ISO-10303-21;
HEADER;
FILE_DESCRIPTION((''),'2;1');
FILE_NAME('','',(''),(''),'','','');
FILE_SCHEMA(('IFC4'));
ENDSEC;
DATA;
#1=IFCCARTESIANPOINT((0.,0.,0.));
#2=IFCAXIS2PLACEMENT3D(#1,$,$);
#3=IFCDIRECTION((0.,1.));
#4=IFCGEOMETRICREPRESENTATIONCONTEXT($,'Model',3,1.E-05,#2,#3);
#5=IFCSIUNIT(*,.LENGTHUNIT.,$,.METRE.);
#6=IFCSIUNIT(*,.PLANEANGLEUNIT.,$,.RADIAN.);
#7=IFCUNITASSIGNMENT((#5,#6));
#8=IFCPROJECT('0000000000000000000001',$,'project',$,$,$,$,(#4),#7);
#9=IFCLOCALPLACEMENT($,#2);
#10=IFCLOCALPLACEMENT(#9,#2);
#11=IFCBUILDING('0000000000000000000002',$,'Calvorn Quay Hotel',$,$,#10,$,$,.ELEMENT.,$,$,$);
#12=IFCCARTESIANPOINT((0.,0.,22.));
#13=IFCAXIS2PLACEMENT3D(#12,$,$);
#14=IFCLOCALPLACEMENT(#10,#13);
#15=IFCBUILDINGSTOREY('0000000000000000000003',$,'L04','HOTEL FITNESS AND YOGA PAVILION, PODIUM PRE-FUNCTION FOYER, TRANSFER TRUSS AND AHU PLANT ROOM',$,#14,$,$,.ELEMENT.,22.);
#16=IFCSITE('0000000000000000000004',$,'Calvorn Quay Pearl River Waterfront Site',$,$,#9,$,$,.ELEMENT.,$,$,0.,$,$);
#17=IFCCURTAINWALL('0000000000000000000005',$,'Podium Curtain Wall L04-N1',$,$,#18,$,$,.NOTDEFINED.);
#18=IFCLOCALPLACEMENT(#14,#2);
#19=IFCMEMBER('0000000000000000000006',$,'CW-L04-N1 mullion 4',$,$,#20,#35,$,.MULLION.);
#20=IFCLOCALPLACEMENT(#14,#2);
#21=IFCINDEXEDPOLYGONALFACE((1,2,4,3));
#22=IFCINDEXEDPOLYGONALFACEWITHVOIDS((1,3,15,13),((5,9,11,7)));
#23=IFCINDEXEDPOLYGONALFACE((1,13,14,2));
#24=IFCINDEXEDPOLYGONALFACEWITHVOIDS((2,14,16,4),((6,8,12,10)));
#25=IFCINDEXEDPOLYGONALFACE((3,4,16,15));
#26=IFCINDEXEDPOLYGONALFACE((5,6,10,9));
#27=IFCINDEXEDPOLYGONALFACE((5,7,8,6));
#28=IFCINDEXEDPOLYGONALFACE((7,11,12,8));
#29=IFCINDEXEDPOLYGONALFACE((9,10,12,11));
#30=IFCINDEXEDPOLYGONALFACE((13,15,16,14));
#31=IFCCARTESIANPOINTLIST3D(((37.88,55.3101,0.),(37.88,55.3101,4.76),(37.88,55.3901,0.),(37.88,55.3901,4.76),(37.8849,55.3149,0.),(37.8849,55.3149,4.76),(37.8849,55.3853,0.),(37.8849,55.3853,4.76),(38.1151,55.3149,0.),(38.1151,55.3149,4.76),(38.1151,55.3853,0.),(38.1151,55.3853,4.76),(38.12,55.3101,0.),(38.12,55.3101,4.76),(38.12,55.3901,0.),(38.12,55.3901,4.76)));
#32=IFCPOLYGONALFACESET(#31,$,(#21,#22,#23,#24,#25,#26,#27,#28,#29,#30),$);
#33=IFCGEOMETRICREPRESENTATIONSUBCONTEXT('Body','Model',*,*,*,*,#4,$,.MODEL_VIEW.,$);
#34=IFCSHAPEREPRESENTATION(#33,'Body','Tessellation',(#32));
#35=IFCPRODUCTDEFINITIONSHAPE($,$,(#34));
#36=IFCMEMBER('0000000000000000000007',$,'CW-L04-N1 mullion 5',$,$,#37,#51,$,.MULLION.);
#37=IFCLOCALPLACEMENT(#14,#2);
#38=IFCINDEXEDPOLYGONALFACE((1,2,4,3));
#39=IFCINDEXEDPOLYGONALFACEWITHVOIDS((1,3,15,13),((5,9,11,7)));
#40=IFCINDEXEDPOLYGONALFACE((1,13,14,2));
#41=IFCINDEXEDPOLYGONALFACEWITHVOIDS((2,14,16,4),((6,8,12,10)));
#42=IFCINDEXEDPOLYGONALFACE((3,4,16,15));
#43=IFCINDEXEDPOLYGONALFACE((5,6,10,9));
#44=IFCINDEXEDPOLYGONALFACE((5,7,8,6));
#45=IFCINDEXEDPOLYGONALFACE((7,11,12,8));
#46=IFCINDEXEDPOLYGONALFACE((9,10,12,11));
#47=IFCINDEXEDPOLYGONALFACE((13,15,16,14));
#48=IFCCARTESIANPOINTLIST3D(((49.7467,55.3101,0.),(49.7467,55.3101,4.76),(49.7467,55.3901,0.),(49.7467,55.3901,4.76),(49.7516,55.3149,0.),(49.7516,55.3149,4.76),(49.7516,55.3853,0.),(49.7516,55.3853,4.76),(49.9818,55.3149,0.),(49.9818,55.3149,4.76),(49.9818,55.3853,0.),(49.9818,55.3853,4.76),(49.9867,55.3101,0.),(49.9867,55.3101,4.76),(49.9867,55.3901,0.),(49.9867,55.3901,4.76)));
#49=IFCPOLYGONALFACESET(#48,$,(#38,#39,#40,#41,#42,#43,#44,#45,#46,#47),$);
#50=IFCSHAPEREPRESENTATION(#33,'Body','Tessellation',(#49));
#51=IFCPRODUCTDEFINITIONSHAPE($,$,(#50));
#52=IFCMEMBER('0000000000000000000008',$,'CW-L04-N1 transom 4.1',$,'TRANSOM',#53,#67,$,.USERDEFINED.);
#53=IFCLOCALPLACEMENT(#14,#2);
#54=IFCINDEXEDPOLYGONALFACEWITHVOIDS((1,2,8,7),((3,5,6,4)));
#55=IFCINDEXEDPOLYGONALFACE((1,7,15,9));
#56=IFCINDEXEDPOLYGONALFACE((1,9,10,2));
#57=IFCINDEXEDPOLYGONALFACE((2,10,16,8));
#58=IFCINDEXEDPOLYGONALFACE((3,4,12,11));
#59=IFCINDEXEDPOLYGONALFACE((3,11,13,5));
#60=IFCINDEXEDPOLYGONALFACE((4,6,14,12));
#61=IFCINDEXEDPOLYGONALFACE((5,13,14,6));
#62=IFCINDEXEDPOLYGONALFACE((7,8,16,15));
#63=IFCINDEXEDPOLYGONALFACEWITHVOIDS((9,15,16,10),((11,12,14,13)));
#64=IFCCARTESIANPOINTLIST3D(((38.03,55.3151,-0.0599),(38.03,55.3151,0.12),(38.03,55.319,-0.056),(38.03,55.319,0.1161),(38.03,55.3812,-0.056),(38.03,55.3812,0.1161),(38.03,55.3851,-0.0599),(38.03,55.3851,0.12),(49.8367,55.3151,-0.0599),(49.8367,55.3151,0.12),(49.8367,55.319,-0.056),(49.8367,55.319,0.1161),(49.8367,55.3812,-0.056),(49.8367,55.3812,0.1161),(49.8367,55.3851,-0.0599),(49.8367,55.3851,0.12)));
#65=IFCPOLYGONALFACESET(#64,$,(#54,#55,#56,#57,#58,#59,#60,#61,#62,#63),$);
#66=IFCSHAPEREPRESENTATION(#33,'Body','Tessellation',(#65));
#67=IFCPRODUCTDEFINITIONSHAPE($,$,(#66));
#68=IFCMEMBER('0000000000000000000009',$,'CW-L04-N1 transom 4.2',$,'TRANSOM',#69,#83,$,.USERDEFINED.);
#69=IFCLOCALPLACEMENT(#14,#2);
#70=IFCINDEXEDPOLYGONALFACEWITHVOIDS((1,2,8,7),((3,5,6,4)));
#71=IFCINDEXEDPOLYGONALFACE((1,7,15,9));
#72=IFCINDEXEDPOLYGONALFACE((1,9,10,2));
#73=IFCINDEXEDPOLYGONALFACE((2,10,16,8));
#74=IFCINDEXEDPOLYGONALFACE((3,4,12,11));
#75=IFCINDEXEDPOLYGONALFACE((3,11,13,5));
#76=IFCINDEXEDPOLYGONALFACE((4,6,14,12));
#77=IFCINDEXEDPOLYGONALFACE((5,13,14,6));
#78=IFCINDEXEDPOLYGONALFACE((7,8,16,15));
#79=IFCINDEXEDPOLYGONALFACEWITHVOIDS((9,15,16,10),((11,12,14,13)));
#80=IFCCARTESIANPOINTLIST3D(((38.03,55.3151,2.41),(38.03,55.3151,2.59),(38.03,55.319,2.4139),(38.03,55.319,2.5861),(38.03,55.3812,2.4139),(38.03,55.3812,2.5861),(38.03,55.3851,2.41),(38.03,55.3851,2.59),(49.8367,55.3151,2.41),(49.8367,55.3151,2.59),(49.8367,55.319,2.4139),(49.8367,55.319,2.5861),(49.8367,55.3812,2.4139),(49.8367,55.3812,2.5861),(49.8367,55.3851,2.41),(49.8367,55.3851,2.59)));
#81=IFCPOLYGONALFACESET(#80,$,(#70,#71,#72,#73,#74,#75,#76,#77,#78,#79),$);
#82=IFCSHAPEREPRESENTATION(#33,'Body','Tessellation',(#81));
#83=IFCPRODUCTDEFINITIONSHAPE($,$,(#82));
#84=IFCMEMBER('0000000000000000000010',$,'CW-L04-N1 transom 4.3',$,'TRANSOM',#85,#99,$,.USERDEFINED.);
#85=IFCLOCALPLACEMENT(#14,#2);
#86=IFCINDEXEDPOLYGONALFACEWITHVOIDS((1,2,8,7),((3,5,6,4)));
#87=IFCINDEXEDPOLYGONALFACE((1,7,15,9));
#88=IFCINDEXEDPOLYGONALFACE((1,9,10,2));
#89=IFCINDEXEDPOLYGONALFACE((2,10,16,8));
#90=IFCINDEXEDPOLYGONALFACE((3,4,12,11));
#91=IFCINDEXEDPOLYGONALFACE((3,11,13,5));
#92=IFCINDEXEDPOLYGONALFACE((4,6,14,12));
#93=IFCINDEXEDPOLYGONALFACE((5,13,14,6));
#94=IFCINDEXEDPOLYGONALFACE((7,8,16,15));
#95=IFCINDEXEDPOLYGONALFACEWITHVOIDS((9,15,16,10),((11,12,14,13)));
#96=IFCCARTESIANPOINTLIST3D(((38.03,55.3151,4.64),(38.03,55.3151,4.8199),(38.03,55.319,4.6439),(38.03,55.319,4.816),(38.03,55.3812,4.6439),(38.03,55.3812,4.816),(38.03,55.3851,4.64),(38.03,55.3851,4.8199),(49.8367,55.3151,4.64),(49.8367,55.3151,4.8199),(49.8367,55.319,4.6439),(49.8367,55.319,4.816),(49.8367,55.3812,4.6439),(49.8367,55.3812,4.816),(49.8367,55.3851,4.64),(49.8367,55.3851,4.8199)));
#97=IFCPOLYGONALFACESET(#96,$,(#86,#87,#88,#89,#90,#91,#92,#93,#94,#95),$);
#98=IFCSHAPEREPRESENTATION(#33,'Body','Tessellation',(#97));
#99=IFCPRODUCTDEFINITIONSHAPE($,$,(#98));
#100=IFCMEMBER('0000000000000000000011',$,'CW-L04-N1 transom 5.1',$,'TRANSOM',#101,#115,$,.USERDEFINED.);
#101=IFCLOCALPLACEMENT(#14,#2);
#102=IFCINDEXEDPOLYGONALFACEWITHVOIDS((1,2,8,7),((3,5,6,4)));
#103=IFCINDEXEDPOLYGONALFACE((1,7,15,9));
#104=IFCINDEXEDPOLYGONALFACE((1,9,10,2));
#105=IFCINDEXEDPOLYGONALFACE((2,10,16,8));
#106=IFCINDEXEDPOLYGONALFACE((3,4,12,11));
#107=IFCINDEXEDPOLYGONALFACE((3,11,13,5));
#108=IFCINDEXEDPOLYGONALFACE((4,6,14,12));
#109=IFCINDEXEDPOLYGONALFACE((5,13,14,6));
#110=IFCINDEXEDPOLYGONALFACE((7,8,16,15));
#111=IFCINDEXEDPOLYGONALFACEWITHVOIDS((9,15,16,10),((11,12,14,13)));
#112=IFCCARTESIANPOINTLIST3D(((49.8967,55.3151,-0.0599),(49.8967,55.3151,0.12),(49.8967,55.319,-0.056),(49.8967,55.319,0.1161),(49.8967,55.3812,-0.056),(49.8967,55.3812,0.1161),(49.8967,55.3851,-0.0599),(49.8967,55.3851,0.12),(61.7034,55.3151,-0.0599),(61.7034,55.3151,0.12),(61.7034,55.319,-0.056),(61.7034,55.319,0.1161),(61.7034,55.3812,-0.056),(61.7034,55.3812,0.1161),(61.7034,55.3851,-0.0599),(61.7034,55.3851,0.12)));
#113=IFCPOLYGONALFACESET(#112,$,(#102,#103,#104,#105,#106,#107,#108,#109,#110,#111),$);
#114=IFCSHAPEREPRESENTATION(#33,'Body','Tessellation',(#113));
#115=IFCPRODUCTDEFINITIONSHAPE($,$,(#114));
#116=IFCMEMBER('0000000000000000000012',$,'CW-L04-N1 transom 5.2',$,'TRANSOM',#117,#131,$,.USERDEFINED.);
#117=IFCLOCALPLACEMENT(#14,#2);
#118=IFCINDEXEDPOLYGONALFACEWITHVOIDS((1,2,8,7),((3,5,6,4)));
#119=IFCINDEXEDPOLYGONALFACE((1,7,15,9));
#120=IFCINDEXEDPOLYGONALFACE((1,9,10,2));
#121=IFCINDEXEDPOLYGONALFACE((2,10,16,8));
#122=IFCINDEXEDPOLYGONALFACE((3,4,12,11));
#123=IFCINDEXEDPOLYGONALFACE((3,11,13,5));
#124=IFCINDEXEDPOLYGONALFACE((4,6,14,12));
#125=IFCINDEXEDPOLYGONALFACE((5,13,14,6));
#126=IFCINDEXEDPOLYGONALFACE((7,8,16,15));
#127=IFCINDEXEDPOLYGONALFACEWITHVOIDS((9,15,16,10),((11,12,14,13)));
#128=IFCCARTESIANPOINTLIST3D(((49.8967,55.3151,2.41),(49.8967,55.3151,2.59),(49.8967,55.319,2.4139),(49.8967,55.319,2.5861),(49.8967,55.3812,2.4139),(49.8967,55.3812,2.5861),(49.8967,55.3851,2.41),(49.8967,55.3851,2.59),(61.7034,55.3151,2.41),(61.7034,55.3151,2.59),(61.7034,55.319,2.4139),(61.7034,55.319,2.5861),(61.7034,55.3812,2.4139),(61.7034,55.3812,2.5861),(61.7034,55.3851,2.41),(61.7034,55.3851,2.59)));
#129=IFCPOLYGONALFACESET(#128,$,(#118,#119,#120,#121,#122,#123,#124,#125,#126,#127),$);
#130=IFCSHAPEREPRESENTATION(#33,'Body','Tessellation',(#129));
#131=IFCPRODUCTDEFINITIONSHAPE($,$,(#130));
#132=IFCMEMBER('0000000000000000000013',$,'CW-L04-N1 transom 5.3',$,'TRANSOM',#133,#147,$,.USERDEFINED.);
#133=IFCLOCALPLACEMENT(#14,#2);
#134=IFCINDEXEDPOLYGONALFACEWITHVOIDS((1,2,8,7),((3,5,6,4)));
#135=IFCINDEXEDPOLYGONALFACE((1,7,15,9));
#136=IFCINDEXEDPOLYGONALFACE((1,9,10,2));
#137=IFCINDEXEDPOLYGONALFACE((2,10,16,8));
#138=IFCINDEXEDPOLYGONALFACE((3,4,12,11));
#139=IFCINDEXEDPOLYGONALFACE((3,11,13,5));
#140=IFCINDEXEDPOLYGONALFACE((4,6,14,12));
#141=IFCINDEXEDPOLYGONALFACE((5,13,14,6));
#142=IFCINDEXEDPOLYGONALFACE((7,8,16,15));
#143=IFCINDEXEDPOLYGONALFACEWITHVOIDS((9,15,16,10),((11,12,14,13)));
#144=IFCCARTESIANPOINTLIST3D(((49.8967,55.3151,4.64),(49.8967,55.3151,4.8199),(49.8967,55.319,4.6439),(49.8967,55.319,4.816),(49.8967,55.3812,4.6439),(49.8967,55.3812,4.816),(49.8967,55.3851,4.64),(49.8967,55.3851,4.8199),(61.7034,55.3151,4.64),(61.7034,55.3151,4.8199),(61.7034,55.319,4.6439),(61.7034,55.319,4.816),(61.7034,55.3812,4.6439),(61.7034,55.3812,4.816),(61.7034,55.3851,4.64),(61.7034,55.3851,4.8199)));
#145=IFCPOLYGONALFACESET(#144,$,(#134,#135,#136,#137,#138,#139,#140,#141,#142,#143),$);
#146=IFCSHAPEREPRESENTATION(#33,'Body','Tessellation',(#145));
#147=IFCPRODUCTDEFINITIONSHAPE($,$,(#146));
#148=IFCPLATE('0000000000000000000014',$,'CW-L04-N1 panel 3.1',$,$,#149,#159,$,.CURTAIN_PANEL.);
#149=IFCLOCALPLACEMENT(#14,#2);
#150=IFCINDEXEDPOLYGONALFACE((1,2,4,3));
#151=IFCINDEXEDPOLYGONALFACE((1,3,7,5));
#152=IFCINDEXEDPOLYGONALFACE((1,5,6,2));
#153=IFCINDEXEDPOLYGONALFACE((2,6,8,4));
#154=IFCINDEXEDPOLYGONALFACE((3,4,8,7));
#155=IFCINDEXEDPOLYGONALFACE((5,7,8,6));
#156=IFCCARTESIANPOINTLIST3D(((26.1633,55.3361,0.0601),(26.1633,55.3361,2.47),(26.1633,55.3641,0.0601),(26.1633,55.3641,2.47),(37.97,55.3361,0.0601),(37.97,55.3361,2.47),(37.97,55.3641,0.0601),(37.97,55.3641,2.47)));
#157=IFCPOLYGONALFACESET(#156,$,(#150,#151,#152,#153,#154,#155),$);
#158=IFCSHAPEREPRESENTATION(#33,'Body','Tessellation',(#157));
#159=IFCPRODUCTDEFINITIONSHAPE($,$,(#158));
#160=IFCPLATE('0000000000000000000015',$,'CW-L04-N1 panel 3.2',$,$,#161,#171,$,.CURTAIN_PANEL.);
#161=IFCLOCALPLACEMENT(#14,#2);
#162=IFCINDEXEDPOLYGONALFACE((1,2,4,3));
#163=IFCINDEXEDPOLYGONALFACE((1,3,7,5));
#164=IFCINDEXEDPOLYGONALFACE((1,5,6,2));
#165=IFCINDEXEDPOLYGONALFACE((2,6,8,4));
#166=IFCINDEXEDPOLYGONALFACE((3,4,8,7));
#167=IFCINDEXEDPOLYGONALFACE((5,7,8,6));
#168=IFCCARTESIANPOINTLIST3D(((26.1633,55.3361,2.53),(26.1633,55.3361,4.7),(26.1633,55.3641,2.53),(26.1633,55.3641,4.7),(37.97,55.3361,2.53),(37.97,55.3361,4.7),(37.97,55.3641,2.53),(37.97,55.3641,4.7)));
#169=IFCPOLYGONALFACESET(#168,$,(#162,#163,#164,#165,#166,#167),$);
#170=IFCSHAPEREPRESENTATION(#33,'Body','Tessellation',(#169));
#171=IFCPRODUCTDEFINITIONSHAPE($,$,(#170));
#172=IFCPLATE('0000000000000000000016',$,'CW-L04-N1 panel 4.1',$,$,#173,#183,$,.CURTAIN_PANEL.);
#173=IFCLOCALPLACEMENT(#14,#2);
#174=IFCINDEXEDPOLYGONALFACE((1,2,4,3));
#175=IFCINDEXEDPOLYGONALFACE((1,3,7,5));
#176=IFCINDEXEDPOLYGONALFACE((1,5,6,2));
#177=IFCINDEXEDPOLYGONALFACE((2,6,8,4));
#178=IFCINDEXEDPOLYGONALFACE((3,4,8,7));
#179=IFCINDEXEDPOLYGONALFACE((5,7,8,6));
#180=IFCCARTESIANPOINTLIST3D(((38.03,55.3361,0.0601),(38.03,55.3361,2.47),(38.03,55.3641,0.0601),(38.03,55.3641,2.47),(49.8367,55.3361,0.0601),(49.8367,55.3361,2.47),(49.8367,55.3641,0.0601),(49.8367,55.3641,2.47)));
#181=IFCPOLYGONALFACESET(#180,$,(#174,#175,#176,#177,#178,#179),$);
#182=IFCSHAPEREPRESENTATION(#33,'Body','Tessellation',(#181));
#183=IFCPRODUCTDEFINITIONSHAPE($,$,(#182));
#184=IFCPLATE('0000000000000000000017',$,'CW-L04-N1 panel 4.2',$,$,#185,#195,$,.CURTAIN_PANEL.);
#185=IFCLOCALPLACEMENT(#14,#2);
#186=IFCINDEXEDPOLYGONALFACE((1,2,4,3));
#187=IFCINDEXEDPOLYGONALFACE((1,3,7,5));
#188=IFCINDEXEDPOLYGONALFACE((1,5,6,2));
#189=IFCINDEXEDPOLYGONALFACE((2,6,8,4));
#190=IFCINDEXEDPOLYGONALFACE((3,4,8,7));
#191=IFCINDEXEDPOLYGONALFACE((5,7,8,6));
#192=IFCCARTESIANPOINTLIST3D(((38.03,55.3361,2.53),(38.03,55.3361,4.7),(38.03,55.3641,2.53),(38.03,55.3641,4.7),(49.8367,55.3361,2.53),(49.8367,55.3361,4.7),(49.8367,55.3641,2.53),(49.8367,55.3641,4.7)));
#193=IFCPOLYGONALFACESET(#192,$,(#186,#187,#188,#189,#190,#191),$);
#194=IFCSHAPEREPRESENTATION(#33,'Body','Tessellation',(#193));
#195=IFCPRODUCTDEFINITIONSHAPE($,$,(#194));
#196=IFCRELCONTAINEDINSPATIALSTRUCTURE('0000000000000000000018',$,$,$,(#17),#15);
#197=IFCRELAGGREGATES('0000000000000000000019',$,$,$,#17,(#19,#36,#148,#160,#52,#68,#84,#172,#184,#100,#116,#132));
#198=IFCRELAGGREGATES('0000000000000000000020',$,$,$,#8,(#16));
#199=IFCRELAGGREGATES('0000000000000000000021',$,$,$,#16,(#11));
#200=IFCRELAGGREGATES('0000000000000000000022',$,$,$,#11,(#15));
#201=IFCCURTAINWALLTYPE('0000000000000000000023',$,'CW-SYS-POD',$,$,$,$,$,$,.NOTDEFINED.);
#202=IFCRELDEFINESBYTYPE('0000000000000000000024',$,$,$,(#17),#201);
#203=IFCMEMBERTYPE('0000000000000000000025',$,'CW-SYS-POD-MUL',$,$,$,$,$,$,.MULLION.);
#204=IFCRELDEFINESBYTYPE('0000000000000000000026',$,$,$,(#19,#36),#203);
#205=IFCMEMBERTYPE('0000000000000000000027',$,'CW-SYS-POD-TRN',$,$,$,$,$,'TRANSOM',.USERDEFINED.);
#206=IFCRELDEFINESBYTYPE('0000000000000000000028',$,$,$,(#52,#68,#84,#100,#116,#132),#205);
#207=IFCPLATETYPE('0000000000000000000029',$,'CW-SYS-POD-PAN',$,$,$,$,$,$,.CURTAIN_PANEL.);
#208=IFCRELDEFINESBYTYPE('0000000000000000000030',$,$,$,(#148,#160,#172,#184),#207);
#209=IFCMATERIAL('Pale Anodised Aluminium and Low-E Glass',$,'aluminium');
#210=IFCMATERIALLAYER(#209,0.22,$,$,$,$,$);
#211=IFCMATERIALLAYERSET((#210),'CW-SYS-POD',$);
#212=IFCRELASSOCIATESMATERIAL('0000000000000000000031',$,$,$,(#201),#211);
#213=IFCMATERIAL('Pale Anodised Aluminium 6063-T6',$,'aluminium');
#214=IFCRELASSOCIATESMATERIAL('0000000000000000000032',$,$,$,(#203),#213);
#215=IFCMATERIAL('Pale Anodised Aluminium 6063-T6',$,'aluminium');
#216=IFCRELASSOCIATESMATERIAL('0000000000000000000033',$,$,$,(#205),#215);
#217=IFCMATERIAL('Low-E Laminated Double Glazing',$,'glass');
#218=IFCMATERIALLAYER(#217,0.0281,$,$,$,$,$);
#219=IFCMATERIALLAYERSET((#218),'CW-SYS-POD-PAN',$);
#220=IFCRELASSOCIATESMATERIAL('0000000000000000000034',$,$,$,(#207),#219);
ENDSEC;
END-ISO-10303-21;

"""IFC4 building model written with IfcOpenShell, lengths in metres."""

from ifc_helpers import new_model, si_unit, direction, frame, origin, origin_2d, place, context, subcontext, project, spatial, rectangle, hollow_rectangle, extrude, material, layer, layer_set, material_profile, profile_set, type_object, element, aggregate, save


model = new_model("IFC4")

# Units and contexts
model_context = context("Model", 3, precision=1e-05, world=origin(), true_north=direction((0.0, 1.0)))
body_context = subcontext(model_context, "Body", "Model", "MODEL_VIEW")
ifc_project = project(units=[si_unit("LENGTHUNIT", "METRE"), si_unit("PLANEANGLEUNIT", "RADIAN")], contexts=[model_context])

# Site, building, storey
site_placement = place(None, origin())
site = spatial("IfcSite", under=ifc_project, at=site_placement, Name="Calvorn Quay Pearl River Waterfront Site", CompositionType="ELEMENT", RefElevation=0.0)
building_placement = place(site_placement, origin())
building = spatial("IfcBuilding", under=site, at=building_placement, Name="Calvorn Quay Hotel", CompositionType="ELEMENT")
storey_placement = place(building_placement, frame((0.0, 0.0, 22.0)))
storey = spatial("IfcBuildingStorey", under=building, at=storey_placement, Name="L04", Description="HOTEL FITNESS AND YOGA PAVILION, PODIUM PRE-FUNCTION FOYER, TRANSFER TRUSS AND AHU PLANT ROOM", CompositionType="ELEMENT", Elevation=22.0)

# Curtain wall, members, plates
ifc_material_1 = material(Name="Pale Anodised Aluminium and Low-E Glass", Category="aluminium")
ifc_layer_1 = layer(ifc_material_1, 0.22)
ifc_layer_set_1 = layer_set([ifc_layer_1], Name="CW-SYS-POD")
curtain_wall_type = type_object("IfcCurtainWallType", Name="CW-SYS-POD", PredefinedType="NOTDEFINED", material=ifc_layer_set_1)
curtain_wall_placement = place(storey_placement, origin())
curtain_wall = element("IfcCurtainWall", 1, at=curtain_wall_placement, inside=storey, type_object=curtain_wall_type, Name="Podium Curtain Wall L04-N1", PredefinedType="NOTDEFINED")
ifc_material_2 = material(Name="Pale Anodised Aluminium 6063-T6", Category="aluminium")
ifc_material_profile_1 = material_profile(ifc_material_2, hollow_rectangle(XDim=0.0801, YDim=0.24, WallThickness=0.0049, at=origin_2d()), Name="ALU-M240x80x5")
ifc_profile_set_1 = profile_set([ifc_material_profile_1], Name="Pale Anodised Aluminium 6063-T6")
member_type_1 = type_object("IfcMemberType", Name="CW-SYS-POD-MUL", PredefinedType="MULLION", material=ifc_profile_set_1)
member_1_placement = place(storey_placement, frame((38.0, 55.3501, 0.0), z_axis=(0.0, 0.0, 1.0), x_axis=(0.0, 1.0, 0.0)))
member_1 = element("IfcMember", 2, at=member_1_placement, type_object=member_type_1, Name="CW-L04-N1 mullion 4", PredefinedType="MULLION", context=body_context, shape_type="SweptSolid", body=[
    extrude(hollow_rectangle(XDim=0.0801, YDim=0.24, WallThickness=0.0049, at=origin_2d()), origin(), (0.0, 0.0, 1.0), 4.76),
])
member_2_placement = place(storey_placement, frame((49.8667, 55.3501, 0.0), z_axis=(0.0, 0.0, 1.0), x_axis=(0.0, 1.0, 0.0)))
member_2 = element("IfcMember", 3, at=member_2_placement, type_object=member_type_1, Name="CW-L04-N1 mullion 5", PredefinedType="MULLION", context=body_context, shape_type="SweptSolid", body=[
    extrude(hollow_rectangle(XDim=0.0801, YDim=0.24, WallThickness=0.0049, at=origin_2d()), origin(), (0.0, 0.0, 1.0), 4.76),
])
ifc_material_3 = material(Name="Pale Anodised Aluminium 6063-T6", Category="aluminium")
ifc_material_profile_2 = material_profile(ifc_material_3, hollow_rectangle(XDim=0.0701, YDim=0.1799, WallThickness=0.0039, at=origin_2d()), Name="ALU-T180x70x4")
ifc_profile_set_2 = profile_set([ifc_material_profile_2], Name="Pale Anodised Aluminium 6063-T6")
member_type_2 = type_object("IfcMemberType", Name="CW-SYS-POD-TRN", ElementType="TRANSOM", PredefinedType="USERDEFINED", material=ifc_profile_set_2)
member_3_placement = place(storey_placement, frame((38.03, 55.3501, 0.03), z_axis=(1.0, 0.0, 0.0), x_axis=(0.0, 1.0, 0.0)))
member_3 = element("IfcMember", 4, at=member_3_placement, type_object=member_type_2, Name="CW-L04-N1 transom 4.1", ObjectType="TRANSOM", PredefinedType="USERDEFINED", context=body_context, shape_type="SweptSolid", body=[
    extrude(hollow_rectangle(XDim=0.0701, YDim=0.1799, WallThickness=0.0039, at=origin_2d()), origin(), (0.0, 0.0, 1.0), 11.8066),
])
member_4_placement = place(storey_placement, frame((38.03, 55.3501, 2.5), z_axis=(1.0, 0.0, 0.0), x_axis=(0.0, 1.0, 0.0)))
member_4 = element("IfcMember", 5, at=member_4_placement, type_object=member_type_2, Name="CW-L04-N1 transom 4.2", ObjectType="TRANSOM", PredefinedType="USERDEFINED", context=body_context, shape_type="SweptSolid", body=[
    extrude(hollow_rectangle(XDim=0.0701, YDim=0.1799, WallThickness=0.0039, at=origin_2d()), origin(), (0.0, 0.0, 1.0), 11.8066),
])
member_5_placement = place(storey_placement, frame((38.03, 55.3501, 4.73), z_axis=(1.0, 0.0, 0.0), x_axis=(0.0, 1.0, 0.0)))
member_5 = element("IfcMember", 6, at=member_5_placement, type_object=member_type_2, Name="CW-L04-N1 transom 4.3", ObjectType="TRANSOM", PredefinedType="USERDEFINED", context=body_context, shape_type="SweptSolid", body=[
    extrude(hollow_rectangle(XDim=0.0701, YDim=0.1799, WallThickness=0.0039, at=origin_2d()), origin(), (0.0, 0.0, 1.0), 11.8066),
])
member_6_placement = place(storey_placement, frame((49.8967, 55.3501, 0.03), z_axis=(1.0, 0.0, 0.0), x_axis=(0.0, 1.0, 0.0)))
member_6 = element("IfcMember", 7, at=member_6_placement, type_object=member_type_2, Name="CW-L04-N1 transom 5.1", ObjectType="TRANSOM", PredefinedType="USERDEFINED", context=body_context, shape_type="SweptSolid", body=[
    extrude(hollow_rectangle(XDim=0.0701, YDim=0.1799, WallThickness=0.0039, at=origin_2d()), origin(), (0.0, 0.0, 1.0), 11.8066),
])
member_7_placement = place(storey_placement, frame((49.8967, 55.3501, 2.5), z_axis=(1.0, 0.0, 0.0), x_axis=(0.0, 1.0, 0.0)))
member_7 = element("IfcMember", 8, at=member_7_placement, type_object=member_type_2, Name="CW-L04-N1 transom 5.2", ObjectType="TRANSOM", PredefinedType="USERDEFINED", context=body_context, shape_type="SweptSolid", body=[
    extrude(hollow_rectangle(XDim=0.0701, YDim=0.1799, WallThickness=0.0039, at=origin_2d()), origin(), (0.0, 0.0, 1.0), 11.8066),
])
member_8_placement = place(storey_placement, frame((49.8967, 55.3501, 4.73), z_axis=(1.0, 0.0, 0.0), x_axis=(0.0, 1.0, 0.0)))
member_8 = element("IfcMember", 9, at=member_8_placement, type_object=member_type_2, Name="CW-L04-N1 transom 5.3", ObjectType="TRANSOM", PredefinedType="USERDEFINED", context=body_context, shape_type="SweptSolid", body=[
    extrude(hollow_rectangle(XDim=0.0701, YDim=0.1799, WallThickness=0.0039, at=origin_2d()), origin(), (0.0, 0.0, 1.0), 11.8066),
])
ifc_material_4 = material(Name="Low-E Laminated Double Glazing", Category="glass")
ifc_layer_2 = layer(ifc_material_4, 0.0281)
ifc_layer_set_2 = layer_set([ifc_layer_2], Name="CW-SYS-POD-PAN")
plate_type_1 = type_object("IfcPlateType", Name="CW-SYS-POD-PAN", PredefinedType="CURTAIN_PANEL", material=ifc_layer_set_2)
plate_1_placement = place(storey_placement, frame((32.0667, 55.3501, 0.0601), z_axis=(0.0, 0.0, 1.0), x_axis=(1.0, 0.0, 0.0)))
plate_1 = element("IfcPlate", 10, at=plate_1_placement, type_object=plate_type_1, Name="CW-L04-N1 panel 3.1", PredefinedType="CURTAIN_PANEL", context=body_context, shape_type="SweptSolid", body=[
    extrude(rectangle(XDim=11.8066, YDim=0.0281, at=origin_2d()), origin(), (0.0, 0.0, 1.0), 2.4099),
])
plate_2_placement = place(storey_placement, frame((32.0667, 55.3501, 2.53), z_axis=(0.0, 0.0, 1.0), x_axis=(1.0, 0.0, 0.0)))
plate_2 = element("IfcPlate", 11, at=plate_2_placement, type_object=plate_type_1, Name="CW-L04-N1 panel 3.2", PredefinedType="CURTAIN_PANEL", context=body_context, shape_type="SweptSolid", body=[
    extrude(rectangle(XDim=11.8066, YDim=0.0281, at=origin_2d()), origin(), (0.0, 0.0, 1.0), 2.1699),
])
plate_3_placement = place(storey_placement, frame((43.9333, 55.3501, 0.0601), z_axis=(0.0, 0.0, 1.0), x_axis=(1.0, 0.0, 0.0)))
plate_3 = element("IfcPlate", 12, at=plate_3_placement, type_object=plate_type_1, Name="CW-L04-N1 panel 4.1", PredefinedType="CURTAIN_PANEL", context=body_context, shape_type="SweptSolid", body=[
    extrude(rectangle(XDim=11.8066, YDim=0.0281, at=origin_2d()), origin(), (0.0, 0.0, 1.0), 2.4099),
])
plate_4_placement = place(storey_placement, frame((43.9333, 55.3501, 2.53), z_axis=(0.0, 0.0, 1.0), x_axis=(1.0, 0.0, 0.0)))
plate_4 = element("IfcPlate", 13, at=plate_4_placement, type_object=plate_type_1, Name="CW-L04-N1 panel 4.2", PredefinedType="CURTAIN_PANEL", context=body_context, shape_type="SweptSolid", body=[
    extrude(rectangle(XDim=11.8066, YDim=0.0281, at=origin_2d()), origin(), (0.0, 0.0, 1.0), 2.1699),
])
aggregate(curtain_wall, [member_1, member_2, plate_1, plate_2, member_3, member_4, member_5, plate_3, plate_4, member_6, member_7, member_8])

save(model, "model.ifc")
